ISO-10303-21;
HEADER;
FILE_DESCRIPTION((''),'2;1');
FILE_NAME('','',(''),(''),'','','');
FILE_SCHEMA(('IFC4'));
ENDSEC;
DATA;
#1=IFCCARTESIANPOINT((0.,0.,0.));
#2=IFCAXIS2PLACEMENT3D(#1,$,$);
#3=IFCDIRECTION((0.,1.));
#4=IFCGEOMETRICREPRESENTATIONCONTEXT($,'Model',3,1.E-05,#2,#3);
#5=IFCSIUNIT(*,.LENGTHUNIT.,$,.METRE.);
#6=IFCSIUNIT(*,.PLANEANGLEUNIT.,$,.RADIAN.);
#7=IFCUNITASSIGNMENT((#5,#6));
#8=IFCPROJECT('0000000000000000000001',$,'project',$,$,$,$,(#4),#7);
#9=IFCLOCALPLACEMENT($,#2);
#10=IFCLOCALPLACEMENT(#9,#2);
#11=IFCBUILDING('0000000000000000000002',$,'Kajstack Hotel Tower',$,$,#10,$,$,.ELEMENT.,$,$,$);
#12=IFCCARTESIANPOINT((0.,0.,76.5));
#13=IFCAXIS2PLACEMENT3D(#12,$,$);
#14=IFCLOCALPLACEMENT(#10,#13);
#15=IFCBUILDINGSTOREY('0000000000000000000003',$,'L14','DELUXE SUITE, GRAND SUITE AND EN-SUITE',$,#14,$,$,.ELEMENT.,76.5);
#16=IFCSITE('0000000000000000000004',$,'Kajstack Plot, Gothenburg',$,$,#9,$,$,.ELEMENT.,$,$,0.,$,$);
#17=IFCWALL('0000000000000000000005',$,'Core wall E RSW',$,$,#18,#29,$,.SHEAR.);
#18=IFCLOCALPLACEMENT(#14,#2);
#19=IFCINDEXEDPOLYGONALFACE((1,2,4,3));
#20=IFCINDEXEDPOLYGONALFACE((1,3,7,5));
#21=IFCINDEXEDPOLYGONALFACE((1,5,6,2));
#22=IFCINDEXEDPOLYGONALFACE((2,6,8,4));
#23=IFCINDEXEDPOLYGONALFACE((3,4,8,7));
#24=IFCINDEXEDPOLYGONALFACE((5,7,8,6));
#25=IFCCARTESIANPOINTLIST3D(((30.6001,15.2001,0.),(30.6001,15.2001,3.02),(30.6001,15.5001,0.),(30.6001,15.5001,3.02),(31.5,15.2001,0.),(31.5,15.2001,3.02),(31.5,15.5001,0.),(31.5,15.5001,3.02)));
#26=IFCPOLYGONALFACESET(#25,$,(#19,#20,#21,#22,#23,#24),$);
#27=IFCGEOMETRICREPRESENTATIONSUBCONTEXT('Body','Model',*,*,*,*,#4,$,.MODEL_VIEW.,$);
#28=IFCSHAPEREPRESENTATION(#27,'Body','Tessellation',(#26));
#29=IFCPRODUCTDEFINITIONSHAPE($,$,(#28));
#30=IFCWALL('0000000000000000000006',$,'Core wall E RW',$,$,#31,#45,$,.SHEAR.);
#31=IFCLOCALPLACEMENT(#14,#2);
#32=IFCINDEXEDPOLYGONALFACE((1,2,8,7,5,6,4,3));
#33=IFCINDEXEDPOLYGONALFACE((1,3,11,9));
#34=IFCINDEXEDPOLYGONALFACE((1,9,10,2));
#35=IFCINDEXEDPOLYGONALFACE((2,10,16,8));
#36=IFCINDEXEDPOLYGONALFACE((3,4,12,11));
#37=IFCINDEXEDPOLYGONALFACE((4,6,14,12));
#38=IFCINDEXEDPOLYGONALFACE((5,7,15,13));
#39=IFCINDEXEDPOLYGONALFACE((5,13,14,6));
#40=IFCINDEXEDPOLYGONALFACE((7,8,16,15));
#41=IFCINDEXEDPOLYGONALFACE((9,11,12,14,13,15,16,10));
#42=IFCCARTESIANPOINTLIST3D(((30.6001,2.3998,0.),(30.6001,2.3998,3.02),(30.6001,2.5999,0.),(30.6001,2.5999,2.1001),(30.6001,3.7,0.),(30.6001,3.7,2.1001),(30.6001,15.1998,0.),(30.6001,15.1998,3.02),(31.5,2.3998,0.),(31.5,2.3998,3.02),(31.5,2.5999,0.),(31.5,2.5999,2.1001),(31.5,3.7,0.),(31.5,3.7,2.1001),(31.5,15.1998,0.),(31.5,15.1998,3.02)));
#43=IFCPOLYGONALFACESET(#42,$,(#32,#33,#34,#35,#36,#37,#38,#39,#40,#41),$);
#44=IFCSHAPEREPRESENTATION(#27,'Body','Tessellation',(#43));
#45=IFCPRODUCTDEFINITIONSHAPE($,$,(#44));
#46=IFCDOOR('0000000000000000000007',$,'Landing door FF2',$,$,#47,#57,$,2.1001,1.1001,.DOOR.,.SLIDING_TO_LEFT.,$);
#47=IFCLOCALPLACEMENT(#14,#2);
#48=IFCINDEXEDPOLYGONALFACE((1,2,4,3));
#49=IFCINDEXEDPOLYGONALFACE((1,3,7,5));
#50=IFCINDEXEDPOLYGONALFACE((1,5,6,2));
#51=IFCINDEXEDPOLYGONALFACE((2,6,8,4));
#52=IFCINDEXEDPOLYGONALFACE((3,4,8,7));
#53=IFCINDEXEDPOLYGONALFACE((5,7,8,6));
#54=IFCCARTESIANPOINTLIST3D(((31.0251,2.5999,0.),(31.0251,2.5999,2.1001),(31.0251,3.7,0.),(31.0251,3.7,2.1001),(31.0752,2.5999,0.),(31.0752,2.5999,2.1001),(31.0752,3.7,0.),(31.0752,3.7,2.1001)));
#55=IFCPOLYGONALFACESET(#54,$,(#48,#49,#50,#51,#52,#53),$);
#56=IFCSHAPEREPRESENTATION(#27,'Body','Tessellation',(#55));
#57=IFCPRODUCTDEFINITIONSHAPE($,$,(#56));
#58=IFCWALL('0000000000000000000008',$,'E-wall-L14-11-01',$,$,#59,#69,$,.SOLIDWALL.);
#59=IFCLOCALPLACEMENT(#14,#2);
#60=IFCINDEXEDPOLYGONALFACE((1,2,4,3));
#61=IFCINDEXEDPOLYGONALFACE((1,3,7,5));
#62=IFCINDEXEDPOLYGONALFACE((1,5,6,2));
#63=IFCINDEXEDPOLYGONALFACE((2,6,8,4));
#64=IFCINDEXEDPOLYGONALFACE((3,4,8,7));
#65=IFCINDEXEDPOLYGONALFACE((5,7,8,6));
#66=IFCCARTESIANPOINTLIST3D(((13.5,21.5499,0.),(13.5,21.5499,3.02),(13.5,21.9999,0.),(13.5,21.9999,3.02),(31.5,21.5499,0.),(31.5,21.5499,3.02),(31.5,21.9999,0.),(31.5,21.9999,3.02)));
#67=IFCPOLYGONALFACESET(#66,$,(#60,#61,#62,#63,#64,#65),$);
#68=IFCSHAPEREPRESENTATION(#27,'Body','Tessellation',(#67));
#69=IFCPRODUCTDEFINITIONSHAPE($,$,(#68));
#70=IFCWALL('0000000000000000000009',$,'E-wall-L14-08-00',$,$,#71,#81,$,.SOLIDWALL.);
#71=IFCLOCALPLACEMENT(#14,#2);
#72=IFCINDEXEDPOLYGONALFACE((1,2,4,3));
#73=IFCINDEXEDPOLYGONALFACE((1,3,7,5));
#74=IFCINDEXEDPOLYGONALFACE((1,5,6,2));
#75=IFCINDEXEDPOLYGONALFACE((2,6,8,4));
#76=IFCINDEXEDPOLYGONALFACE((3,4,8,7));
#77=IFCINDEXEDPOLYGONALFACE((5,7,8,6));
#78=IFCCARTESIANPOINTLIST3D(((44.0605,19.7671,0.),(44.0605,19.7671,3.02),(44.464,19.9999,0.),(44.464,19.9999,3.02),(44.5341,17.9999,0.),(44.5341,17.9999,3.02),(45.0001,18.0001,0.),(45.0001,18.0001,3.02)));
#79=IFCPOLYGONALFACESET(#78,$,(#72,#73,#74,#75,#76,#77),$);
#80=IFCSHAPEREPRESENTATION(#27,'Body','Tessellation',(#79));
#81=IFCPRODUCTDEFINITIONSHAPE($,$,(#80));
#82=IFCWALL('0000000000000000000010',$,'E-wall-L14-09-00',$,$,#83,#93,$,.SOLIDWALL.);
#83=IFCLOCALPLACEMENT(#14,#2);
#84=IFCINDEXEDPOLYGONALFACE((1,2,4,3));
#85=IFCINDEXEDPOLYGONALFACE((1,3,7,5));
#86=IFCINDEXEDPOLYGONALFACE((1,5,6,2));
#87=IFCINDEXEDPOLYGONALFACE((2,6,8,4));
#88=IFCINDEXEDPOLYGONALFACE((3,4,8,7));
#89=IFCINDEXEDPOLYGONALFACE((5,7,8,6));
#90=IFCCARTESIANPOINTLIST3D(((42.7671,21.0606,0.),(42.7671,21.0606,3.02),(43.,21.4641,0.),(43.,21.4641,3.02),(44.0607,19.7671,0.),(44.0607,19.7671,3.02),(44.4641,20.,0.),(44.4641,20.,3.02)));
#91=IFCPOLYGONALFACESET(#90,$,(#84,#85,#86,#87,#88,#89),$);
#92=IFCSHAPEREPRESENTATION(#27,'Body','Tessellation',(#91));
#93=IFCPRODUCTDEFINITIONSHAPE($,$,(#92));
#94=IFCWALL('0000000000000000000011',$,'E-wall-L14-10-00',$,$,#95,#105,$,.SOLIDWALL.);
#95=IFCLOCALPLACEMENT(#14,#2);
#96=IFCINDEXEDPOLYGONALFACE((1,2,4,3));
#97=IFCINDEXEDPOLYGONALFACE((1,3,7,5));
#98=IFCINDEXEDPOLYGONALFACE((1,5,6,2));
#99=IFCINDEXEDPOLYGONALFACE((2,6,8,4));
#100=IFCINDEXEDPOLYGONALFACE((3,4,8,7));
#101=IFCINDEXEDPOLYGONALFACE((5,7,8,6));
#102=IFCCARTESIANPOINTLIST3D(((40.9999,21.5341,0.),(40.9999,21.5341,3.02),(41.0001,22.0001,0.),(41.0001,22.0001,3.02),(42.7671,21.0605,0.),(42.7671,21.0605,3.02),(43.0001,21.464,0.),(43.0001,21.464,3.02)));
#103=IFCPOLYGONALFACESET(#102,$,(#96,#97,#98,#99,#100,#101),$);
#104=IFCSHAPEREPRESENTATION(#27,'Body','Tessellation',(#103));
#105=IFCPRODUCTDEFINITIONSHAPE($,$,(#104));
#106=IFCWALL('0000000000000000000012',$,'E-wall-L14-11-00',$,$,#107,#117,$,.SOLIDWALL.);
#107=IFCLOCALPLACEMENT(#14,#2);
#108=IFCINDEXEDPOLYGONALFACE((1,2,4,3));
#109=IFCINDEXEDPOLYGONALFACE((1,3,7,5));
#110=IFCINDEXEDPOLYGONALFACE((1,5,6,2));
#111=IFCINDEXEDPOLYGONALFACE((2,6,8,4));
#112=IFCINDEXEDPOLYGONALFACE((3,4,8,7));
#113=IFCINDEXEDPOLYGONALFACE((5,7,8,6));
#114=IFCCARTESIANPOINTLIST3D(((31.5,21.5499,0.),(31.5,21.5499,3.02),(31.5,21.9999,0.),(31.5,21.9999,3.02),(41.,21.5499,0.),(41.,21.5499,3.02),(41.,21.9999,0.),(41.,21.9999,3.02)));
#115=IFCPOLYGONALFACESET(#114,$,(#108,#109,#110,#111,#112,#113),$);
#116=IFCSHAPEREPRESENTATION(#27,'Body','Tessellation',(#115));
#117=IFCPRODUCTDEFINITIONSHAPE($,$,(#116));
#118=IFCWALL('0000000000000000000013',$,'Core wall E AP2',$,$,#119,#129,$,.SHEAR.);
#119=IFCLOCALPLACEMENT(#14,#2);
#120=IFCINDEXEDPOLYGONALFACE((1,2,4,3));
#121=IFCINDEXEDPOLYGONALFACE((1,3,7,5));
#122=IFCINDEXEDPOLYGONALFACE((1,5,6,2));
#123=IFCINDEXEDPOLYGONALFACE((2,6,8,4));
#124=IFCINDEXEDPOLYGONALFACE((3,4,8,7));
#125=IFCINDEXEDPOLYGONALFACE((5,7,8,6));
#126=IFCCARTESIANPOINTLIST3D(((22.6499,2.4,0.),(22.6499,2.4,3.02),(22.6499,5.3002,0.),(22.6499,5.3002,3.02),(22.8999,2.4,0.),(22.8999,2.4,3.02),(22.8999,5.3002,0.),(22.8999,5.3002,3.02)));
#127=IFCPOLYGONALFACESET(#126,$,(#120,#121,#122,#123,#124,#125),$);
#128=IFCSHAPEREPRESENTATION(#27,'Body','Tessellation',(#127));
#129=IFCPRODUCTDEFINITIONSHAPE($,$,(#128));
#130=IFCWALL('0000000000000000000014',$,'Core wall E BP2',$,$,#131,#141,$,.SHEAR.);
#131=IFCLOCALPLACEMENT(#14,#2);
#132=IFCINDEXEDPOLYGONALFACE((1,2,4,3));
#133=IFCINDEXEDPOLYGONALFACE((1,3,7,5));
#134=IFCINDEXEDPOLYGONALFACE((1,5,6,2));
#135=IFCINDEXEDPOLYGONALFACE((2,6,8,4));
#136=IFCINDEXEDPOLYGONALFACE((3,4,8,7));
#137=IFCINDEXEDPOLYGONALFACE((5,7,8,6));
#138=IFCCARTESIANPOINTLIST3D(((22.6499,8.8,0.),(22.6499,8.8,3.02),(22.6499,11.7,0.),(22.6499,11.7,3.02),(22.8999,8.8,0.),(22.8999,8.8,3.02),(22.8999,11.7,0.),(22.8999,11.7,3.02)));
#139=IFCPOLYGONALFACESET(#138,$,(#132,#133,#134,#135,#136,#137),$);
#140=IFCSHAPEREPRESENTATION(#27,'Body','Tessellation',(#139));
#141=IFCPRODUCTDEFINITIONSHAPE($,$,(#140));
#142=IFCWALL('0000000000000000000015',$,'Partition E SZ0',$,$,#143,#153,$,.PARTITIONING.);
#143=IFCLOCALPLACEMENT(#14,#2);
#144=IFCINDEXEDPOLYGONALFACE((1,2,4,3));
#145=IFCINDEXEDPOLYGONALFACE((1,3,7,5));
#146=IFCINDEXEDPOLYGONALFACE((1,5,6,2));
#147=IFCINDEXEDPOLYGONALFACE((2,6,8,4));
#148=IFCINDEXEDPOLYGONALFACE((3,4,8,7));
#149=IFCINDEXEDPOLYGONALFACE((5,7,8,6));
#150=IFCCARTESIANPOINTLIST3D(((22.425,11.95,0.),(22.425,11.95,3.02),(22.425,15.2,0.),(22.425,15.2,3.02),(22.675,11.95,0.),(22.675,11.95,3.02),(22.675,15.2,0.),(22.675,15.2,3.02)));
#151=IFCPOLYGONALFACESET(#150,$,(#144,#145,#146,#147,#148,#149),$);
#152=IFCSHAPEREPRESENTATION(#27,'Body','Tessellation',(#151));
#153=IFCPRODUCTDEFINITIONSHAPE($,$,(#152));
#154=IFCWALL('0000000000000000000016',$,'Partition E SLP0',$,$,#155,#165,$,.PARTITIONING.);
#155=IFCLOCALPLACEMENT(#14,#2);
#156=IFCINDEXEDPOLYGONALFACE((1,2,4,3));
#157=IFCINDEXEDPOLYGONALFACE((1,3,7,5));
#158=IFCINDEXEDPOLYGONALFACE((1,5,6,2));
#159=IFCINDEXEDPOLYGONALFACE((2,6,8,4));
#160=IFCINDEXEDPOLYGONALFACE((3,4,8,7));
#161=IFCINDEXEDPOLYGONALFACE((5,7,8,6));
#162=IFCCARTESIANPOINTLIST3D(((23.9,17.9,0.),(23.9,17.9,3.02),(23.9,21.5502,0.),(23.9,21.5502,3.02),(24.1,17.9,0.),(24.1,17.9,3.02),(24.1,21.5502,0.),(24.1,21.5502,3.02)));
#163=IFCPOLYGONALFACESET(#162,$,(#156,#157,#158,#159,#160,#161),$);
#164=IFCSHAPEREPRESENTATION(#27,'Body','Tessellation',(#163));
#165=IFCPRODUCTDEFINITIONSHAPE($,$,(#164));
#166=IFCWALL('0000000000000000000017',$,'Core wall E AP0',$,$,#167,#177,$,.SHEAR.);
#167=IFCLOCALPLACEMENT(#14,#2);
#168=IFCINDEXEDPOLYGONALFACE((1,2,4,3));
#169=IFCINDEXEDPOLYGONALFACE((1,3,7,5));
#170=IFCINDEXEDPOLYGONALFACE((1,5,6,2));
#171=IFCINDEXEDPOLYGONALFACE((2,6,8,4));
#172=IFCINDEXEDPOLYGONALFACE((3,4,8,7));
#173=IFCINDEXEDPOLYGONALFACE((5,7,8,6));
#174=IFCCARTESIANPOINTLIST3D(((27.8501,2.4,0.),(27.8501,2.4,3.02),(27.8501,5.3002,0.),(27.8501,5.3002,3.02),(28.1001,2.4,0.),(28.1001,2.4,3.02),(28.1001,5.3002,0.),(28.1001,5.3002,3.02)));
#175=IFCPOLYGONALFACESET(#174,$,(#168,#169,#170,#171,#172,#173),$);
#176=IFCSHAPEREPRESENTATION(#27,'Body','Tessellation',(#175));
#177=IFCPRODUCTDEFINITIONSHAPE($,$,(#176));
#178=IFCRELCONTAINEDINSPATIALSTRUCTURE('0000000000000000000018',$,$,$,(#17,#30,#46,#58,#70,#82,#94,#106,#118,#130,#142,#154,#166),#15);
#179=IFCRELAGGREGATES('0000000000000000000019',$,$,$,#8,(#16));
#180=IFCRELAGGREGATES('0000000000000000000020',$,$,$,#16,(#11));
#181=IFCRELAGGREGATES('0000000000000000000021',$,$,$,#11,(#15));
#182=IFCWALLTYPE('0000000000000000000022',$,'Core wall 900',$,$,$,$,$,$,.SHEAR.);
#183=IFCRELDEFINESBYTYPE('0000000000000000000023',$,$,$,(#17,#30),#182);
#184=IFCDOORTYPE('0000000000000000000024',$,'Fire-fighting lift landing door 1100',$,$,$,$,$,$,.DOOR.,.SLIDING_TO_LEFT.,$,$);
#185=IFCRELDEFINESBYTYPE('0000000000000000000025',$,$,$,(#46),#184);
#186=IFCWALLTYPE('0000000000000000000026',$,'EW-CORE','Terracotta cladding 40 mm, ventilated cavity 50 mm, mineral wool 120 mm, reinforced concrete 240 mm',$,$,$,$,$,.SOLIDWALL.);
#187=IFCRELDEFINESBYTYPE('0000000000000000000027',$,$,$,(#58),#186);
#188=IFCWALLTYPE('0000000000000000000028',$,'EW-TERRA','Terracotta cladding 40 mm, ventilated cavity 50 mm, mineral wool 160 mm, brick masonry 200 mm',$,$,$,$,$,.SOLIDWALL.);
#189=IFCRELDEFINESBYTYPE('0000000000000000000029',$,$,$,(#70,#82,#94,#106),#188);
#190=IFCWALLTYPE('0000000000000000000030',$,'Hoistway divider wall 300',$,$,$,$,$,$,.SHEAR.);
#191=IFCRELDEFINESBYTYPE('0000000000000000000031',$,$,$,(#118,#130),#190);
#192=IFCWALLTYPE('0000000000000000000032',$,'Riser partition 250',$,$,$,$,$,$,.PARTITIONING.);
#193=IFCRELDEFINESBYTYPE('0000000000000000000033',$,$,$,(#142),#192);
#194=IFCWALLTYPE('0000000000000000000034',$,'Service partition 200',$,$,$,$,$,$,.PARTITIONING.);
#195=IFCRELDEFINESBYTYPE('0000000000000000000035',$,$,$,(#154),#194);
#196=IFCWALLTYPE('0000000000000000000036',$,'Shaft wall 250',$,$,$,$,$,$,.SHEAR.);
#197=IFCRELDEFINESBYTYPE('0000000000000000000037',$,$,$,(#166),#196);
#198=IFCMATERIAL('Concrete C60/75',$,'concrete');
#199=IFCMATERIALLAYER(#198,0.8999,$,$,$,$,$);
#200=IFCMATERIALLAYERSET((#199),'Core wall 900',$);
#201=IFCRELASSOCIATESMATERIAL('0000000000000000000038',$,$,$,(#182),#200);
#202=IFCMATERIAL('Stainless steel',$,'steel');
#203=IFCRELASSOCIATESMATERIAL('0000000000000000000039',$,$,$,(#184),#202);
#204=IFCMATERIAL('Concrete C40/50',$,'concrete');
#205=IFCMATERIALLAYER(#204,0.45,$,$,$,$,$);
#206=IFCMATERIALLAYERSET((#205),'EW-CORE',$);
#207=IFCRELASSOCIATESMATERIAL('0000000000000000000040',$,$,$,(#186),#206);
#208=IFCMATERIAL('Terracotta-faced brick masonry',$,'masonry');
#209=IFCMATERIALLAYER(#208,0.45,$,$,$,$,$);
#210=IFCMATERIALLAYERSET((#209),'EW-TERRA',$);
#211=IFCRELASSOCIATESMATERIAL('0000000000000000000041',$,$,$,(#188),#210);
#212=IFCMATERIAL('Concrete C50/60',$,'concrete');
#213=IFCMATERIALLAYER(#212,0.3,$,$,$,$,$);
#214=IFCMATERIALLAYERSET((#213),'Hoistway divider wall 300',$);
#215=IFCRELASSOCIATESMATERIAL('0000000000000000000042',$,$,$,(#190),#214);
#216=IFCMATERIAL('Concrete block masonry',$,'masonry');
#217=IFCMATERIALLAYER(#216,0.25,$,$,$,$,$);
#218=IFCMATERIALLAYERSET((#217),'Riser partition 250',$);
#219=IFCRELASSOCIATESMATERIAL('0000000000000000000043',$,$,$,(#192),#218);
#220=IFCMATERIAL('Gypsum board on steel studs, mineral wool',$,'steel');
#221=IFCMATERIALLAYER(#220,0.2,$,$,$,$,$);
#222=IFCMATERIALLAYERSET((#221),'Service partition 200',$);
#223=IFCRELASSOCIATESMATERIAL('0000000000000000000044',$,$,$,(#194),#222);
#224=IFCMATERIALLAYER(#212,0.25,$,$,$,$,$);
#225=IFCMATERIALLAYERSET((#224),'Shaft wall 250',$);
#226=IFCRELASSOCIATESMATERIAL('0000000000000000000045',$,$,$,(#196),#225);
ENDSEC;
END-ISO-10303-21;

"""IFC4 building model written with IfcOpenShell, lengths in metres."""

from ifc_helpers import new_model, si_unit, direction, frame, frame_2d, origin, place, context, subcontext, project, spatial, polyline, rectangle, outline, extrude, material, layer, layer_set, type_object, element, fill, save


model = new_model("IFC4")

# Units and contexts
model_context = context("Model", 3, precision=1e-05, world=origin(), true_north=direction((0.0, 1.0)))
body_context = subcontext(model_context, "Body", "Model", "MODEL_VIEW")
ifc_project = project(units=[si_unit("LENGTHUNIT", "METRE"), si_unit("PLANEANGLEUNIT", "RADIAN")], contexts=[model_context])

# Site, building, storey
site_placement = place(None, origin())
site = spatial("IfcSite", under=ifc_project, at=site_placement, Name="Kajstack Plot, Gothenburg", CompositionType="ELEMENT", RefElevation=0.0)
building_placement = place(site_placement, origin())
building = spatial("IfcBuilding", under=site, at=building_placement, Name="Kajstack Hotel Tower", CompositionType="ELEMENT")
storey_placement = place(building_placement, frame((0.0, 0.0, 76.5)))
storey = spatial("IfcBuildingStorey", under=building, at=storey_placement, Name="L14", Description="DELUXE SUITE, GRAND SUITE AND EN-SUITE", CompositionType="ELEMENT", Elevation=76.5)

# Wall
ifc_material_1 = material(Name="Concrete C60/75", Category="concrete")
ifc_layer_1 = layer(ifc_material_1, 0.8999)
ifc_layer_set_1 = layer_set([ifc_layer_1], Name="Core wall 900")
wall_type_1 = type_object("IfcWallType", Name="Core wall 900", PredefinedType="SHEAR", material=ifc_layer_set_1)
wall_1_placement = place(storey_placement, frame((30.6001, 15.3501, 0.0), z_axis=(0.0, 0.0, 1.0), x_axis=(1.0, 0.0, 0.0)))
element("IfcWall", 1, at=wall_1_placement, inside=storey, type_object=wall_type_1, Name="Core wall E RSW", PredefinedType="SHEAR", context=body_context, shape_type="SweptSolid", body=[
    extrude(rectangle(XDim=0.8999, YDim=0.3, at=frame_2d((0.45, 0.0))), origin(), (0.0, 0.0, 1.0), 3.02),
])

# Wall, opening, door
wall_2_placement = place(storey_placement, frame((31.05, 2.3999, 0.0), z_axis=(0.0, 0.0, 1.0), x_axis=(0.0, 1.0, 0.0)))
wall_2 = element("IfcWall", 2, at=wall_2_placement, inside=storey, type_object=wall_type_1, Name="Core wall E RW", PredefinedType="SHEAR", context=body_context, shape_type="SweptSolid", body=[
    extrude(rectangle(XDim=12.8, YDim=0.8999, at=frame_2d((6.3999, 0.0))), origin(), (0.0, 0.0, 1.0), 3.02),
])
opening_1_placement = place(wall_2_placement, frame((0.2, 0.0, 0.0)))
opening_1 = element("IfcOpeningElement", 3, at=opening_1_placement, cuts=wall_2, PredefinedType="OPENING", context=body_context, shape_type="SweptSolid", body=[
    extrude(rectangle(XDim=1.1001, YDim=2.1001, at=frame_2d((0.55, 1.05))), frame((0.0, 0.46, 0.0), z_axis=(0.0, -1.0, 0.0), x_axis=(1.0, 0.0, 0.0)), (0.0, 0.0, 1.0), 0.9199),
])
ifc_material_2 = material(Name="Stainless steel", Category="steel")
door_type_1 = type_object("IfcDoorType", Name="Fire-fighting lift landing door 1100", OperationType="SLIDING_TO_LEFT", PredefinedType="DOOR", material=ifc_material_2)
door_1_placement = place(opening_1_placement, origin())
door_1 = element("IfcDoor", 4, at=door_1_placement, inside=storey, type_object=door_type_1, Name="Landing door FF2", OperationType="SLIDING_TO_LEFT", OverallHeight=2.1001, OverallWidth=1.1001, PredefinedType="DOOR", context=body_context, shape_type="SweptSolid", body=[
    extrude(rectangle(XDim=1.1001, YDim=2.1001, at=frame_2d((0.55, 1.05))), frame((0.0, 0.0249, 0.0), z_axis=(0.0, -1.0, 0.0), x_axis=(1.0, 0.0, 0.0)), (0.0, 0.0, 1.0), 0.05),
])
fill(opening_1, door_1)

# Walls
ifc_material_3 = material(Name="Concrete C40/50", Category="concrete")
ifc_layer_2 = layer(ifc_material_3, 0.45)
ifc_layer_set_2 = layer_set([ifc_layer_2], Name="EW-CORE")
wall_type_2 = type_object("IfcWallType", Name="EW-CORE", Description="Terracotta cladding 40 mm, ventilated cavity 50 mm, mineral wool 120 mm, reinforced concrete 240 mm", PredefinedType="SOLIDWALL", material=ifc_layer_set_2)
wall_3_placement = place(storey_placement, frame((31.5, 21.7749, 0.0), z_axis=(0.0, 0.0, 1.0), x_axis=(-1.0, 0.0, 0.0)))
element("IfcWall", 5, at=wall_3_placement, inside=storey, type_object=wall_type_2, Name="E-wall-L14-11-01", PredefinedType="SOLIDWALL", context=body_context, shape_type="SweptSolid", body=[
    extrude(rectangle(XDim=18.0, YDim=0.45, at=frame_2d((9.0, 0.0))), origin(), (0.0, 0.0, 1.0), 3.02),
])
ifc_material_4 = material(Name="Terracotta-faced brick masonry", Category="masonry")
ifc_layer_3 = layer(ifc_material_4, 0.45)
ifc_layer_set_3 = layer_set([ifc_layer_3], Name="EW-TERRA")
wall_type_3 = type_object("IfcWallType", Name="EW-TERRA", Description="Terracotta cladding 40 mm, ventilated cavity 50 mm, mineral wool 160 mm, brick masonry 200 mm", PredefinedType="SOLIDWALL", material=ifc_layer_set_3)
wall_4_placement = place(storey_placement, frame((44.7827, 17.9417, 0.0), z_axis=(0.0, 0.0, 1.0), x_axis=(-0.258815, 0.965927, 0.0)))
element("IfcWall", 6, at=wall_4_placement, inside=storey, type_object=wall_type_3, Name="E-wall-L14-08-00", PredefinedType="SOLIDWALL", context=body_context, shape_type="SweptSolid", body=[
    extrude(outline(polyline([(0.0002, -0.2251), (2.0706, -0.2249), (1.9502, 0.2251), (0.1206, 0.2251), (0.0002, -0.2251)])), origin(), (0.0, 0.0, 1.0), 3.02),
])
wall_5_placement = place(storey_placement, frame((44.3049, 19.8408, 0.0), z_axis=(0.0, 0.0, 1.0), x_axis=(-0.707107, 0.707107, 0.0)))
element("IfcWall", 7, at=wall_5_placement, inside=storey, type_object=wall_type_3, Name="E-wall-L14-09-00", PredefinedType="SOLIDWALL", context=body_context, shape_type="SweptSolid", body=[
    extrude(outline(polyline([(0.0, -0.2251), (2.0706, -0.2251), (1.95, 0.2249), (0.1206, 0.2249), (0.0, -0.2251)])), origin(), (0.0, 0.0, 1.0), 3.02),
])
wall_6_placement = place(storey_placement, frame((42.9417, 21.2468, 0.0), z_axis=(0.0, 0.0, 1.0), x_axis=(-0.965927, 0.258815, 0.0)))
element("IfcWall", 8, at=wall_6_placement, inside=storey, type_object=wall_type_3, Name="E-wall-L14-10-00", PredefinedType="SOLIDWALL", context=body_context, shape_type="SweptSolid", body=[
    extrude(outline(polyline([(-0.0002, -0.2249), (2.0703, -0.2251), (1.95, 0.2251), (0.1204, 0.2251), (-0.0002, -0.2249)])), origin(), (0.0, 0.0, 1.0), 3.02),
])
wall_7_placement = place(storey_placement, frame((41.0, 21.7749, 0.0), z_axis=(0.0, 0.0, 1.0), x_axis=(-1.0, 0.0, 0.0)))
element("IfcWall", 9, at=wall_7_placement, inside=storey, type_object=wall_type_3, Name="E-wall-L14-11-00", PredefinedType="SOLIDWALL", context=body_context, shape_type="SweptSolid", body=[
    extrude(rectangle(XDim=9.5, YDim=0.45, at=frame_2d((4.75, 0.0))), origin(), (0.0, 0.0, 1.0), 3.02),
])
ifc_material_5 = material(Name="Concrete C50/60", Category="concrete")
ifc_layer_4 = layer(ifc_material_5, 0.3)
ifc_layer_set_4 = layer_set([ifc_layer_4], Name="Hoistway divider wall 300")
wall_type_4 = type_object("IfcWallType", Name="Hoistway divider wall 300", PredefinedType="SHEAR", material=ifc_layer_set_4)
wall_8_placement = place(storey_placement, frame((22.7749, 2.3999, 0.0), z_axis=(0.0, 0.0, 1.0), x_axis=(0.0, 1.0, 0.0)))
element("IfcWall", 10, at=wall_8_placement, inside=storey, type_object=wall_type_4, Name="Core wall E AP2", PredefinedType="SHEAR", context=body_context, shape_type="SweptSolid", body=[
    extrude(rectangle(XDim=2.9001, YDim=0.25, at=frame_2d((1.4502, 0.0))), origin(), (0.0, 0.0, 1.0), 3.02),
])
wall_9_placement = place(storey_placement, frame((22.7749, 8.8, 0.0), z_axis=(0.0, 0.0, 1.0), x_axis=(0.0, 1.0, 0.0)))
element("IfcWall", 11, at=wall_9_placement, inside=storey, type_object=wall_type_4, Name="Core wall E BP2", PredefinedType="SHEAR", context=body_context, shape_type="SweptSolid", body=[
    extrude(rectangle(XDim=2.8999, YDim=0.25, at=frame_2d((1.45, 0.0))), origin(), (0.0, 0.0, 1.0), 3.02),
])
ifc_material_6 = material(Name="Concrete block masonry", Category="masonry")
ifc_layer_5 = layer(ifc_material_6, 0.25)
ifc_layer_set_5 = layer_set([ifc_layer_5], Name="Riser partition 250")
wall_type_5 = type_object("IfcWallType", Name="Riser partition 250", PredefinedType="PARTITIONING", material=ifc_layer_set_5)
wall_10_placement = place(storey_placement, frame((22.55, 11.95, 0.0), z_axis=(0.0, 0.0, 1.0), x_axis=(0.0, 1.0, 0.0)))
element("IfcWall", 12, at=wall_10_placement, inside=storey, type_object=wall_type_5, Name="Partition E SZ0", PredefinedType="PARTITIONING", context=body_context, shape_type="SweptSolid", body=[
    extrude(rectangle(XDim=3.25, YDim=0.25, at=frame_2d((1.625, 0.0))), origin(), (0.0, 0.0, 1.0), 3.02),
])
ifc_material_7 = material(Name="Gypsum board on steel studs, mineral wool", Category="steel")
ifc_layer_6 = layer(ifc_material_7, 0.2)
ifc_layer_set_6 = layer_set([ifc_layer_6], Name="Service partition 200")
wall_type_6 = type_object("IfcWallType", Name="Service partition 200", PredefinedType="PARTITIONING", material=ifc_layer_set_6)
wall_11_placement = place(storey_placement, frame((24.0, 17.8999, 0.0), z_axis=(0.0, 0.0, 1.0), x_axis=(0.0, 1.0, 0.0)))
element("IfcWall", 13, at=wall_11_placement, inside=storey, type_object=wall_type_6, Name="Partition E SLP0", PredefinedType="PARTITIONING", context=body_context, shape_type="SweptSolid", body=[
    extrude(rectangle(XDim=3.6501, YDim=0.2, at=frame_2d((1.8252, 0.0))), origin(), (0.0, 0.0, 1.0), 3.02),
])
ifc_layer_7 = layer(ifc_material_5, 0.25)
ifc_layer_set_7 = layer_set([ifc_layer_7], Name="Shaft wall 250")
wall_type_7 = type_object("IfcWallType", Name="Shaft wall 250", PredefinedType="SHEAR", material=ifc_layer_set_7)
wall_12_placement = place(storey_placement, frame((27.9751, 2.3999, 0.0), z_axis=(0.0, 0.0, 1.0), x_axis=(0.0, 1.0, 0.0)))
element("IfcWall", 14, at=wall_12_placement, inside=storey, type_object=wall_type_7, Name="Core wall E AP0", PredefinedType="SHEAR", context=body_context, shape_type="SweptSolid", body=[
    extrude(rectangle(XDim=2.9001, YDim=0.25, at=frame_2d((1.4502, 0.0))), origin(), (0.0, 0.0, 1.0), 3.02),
])

save(model, "model.ifc")
